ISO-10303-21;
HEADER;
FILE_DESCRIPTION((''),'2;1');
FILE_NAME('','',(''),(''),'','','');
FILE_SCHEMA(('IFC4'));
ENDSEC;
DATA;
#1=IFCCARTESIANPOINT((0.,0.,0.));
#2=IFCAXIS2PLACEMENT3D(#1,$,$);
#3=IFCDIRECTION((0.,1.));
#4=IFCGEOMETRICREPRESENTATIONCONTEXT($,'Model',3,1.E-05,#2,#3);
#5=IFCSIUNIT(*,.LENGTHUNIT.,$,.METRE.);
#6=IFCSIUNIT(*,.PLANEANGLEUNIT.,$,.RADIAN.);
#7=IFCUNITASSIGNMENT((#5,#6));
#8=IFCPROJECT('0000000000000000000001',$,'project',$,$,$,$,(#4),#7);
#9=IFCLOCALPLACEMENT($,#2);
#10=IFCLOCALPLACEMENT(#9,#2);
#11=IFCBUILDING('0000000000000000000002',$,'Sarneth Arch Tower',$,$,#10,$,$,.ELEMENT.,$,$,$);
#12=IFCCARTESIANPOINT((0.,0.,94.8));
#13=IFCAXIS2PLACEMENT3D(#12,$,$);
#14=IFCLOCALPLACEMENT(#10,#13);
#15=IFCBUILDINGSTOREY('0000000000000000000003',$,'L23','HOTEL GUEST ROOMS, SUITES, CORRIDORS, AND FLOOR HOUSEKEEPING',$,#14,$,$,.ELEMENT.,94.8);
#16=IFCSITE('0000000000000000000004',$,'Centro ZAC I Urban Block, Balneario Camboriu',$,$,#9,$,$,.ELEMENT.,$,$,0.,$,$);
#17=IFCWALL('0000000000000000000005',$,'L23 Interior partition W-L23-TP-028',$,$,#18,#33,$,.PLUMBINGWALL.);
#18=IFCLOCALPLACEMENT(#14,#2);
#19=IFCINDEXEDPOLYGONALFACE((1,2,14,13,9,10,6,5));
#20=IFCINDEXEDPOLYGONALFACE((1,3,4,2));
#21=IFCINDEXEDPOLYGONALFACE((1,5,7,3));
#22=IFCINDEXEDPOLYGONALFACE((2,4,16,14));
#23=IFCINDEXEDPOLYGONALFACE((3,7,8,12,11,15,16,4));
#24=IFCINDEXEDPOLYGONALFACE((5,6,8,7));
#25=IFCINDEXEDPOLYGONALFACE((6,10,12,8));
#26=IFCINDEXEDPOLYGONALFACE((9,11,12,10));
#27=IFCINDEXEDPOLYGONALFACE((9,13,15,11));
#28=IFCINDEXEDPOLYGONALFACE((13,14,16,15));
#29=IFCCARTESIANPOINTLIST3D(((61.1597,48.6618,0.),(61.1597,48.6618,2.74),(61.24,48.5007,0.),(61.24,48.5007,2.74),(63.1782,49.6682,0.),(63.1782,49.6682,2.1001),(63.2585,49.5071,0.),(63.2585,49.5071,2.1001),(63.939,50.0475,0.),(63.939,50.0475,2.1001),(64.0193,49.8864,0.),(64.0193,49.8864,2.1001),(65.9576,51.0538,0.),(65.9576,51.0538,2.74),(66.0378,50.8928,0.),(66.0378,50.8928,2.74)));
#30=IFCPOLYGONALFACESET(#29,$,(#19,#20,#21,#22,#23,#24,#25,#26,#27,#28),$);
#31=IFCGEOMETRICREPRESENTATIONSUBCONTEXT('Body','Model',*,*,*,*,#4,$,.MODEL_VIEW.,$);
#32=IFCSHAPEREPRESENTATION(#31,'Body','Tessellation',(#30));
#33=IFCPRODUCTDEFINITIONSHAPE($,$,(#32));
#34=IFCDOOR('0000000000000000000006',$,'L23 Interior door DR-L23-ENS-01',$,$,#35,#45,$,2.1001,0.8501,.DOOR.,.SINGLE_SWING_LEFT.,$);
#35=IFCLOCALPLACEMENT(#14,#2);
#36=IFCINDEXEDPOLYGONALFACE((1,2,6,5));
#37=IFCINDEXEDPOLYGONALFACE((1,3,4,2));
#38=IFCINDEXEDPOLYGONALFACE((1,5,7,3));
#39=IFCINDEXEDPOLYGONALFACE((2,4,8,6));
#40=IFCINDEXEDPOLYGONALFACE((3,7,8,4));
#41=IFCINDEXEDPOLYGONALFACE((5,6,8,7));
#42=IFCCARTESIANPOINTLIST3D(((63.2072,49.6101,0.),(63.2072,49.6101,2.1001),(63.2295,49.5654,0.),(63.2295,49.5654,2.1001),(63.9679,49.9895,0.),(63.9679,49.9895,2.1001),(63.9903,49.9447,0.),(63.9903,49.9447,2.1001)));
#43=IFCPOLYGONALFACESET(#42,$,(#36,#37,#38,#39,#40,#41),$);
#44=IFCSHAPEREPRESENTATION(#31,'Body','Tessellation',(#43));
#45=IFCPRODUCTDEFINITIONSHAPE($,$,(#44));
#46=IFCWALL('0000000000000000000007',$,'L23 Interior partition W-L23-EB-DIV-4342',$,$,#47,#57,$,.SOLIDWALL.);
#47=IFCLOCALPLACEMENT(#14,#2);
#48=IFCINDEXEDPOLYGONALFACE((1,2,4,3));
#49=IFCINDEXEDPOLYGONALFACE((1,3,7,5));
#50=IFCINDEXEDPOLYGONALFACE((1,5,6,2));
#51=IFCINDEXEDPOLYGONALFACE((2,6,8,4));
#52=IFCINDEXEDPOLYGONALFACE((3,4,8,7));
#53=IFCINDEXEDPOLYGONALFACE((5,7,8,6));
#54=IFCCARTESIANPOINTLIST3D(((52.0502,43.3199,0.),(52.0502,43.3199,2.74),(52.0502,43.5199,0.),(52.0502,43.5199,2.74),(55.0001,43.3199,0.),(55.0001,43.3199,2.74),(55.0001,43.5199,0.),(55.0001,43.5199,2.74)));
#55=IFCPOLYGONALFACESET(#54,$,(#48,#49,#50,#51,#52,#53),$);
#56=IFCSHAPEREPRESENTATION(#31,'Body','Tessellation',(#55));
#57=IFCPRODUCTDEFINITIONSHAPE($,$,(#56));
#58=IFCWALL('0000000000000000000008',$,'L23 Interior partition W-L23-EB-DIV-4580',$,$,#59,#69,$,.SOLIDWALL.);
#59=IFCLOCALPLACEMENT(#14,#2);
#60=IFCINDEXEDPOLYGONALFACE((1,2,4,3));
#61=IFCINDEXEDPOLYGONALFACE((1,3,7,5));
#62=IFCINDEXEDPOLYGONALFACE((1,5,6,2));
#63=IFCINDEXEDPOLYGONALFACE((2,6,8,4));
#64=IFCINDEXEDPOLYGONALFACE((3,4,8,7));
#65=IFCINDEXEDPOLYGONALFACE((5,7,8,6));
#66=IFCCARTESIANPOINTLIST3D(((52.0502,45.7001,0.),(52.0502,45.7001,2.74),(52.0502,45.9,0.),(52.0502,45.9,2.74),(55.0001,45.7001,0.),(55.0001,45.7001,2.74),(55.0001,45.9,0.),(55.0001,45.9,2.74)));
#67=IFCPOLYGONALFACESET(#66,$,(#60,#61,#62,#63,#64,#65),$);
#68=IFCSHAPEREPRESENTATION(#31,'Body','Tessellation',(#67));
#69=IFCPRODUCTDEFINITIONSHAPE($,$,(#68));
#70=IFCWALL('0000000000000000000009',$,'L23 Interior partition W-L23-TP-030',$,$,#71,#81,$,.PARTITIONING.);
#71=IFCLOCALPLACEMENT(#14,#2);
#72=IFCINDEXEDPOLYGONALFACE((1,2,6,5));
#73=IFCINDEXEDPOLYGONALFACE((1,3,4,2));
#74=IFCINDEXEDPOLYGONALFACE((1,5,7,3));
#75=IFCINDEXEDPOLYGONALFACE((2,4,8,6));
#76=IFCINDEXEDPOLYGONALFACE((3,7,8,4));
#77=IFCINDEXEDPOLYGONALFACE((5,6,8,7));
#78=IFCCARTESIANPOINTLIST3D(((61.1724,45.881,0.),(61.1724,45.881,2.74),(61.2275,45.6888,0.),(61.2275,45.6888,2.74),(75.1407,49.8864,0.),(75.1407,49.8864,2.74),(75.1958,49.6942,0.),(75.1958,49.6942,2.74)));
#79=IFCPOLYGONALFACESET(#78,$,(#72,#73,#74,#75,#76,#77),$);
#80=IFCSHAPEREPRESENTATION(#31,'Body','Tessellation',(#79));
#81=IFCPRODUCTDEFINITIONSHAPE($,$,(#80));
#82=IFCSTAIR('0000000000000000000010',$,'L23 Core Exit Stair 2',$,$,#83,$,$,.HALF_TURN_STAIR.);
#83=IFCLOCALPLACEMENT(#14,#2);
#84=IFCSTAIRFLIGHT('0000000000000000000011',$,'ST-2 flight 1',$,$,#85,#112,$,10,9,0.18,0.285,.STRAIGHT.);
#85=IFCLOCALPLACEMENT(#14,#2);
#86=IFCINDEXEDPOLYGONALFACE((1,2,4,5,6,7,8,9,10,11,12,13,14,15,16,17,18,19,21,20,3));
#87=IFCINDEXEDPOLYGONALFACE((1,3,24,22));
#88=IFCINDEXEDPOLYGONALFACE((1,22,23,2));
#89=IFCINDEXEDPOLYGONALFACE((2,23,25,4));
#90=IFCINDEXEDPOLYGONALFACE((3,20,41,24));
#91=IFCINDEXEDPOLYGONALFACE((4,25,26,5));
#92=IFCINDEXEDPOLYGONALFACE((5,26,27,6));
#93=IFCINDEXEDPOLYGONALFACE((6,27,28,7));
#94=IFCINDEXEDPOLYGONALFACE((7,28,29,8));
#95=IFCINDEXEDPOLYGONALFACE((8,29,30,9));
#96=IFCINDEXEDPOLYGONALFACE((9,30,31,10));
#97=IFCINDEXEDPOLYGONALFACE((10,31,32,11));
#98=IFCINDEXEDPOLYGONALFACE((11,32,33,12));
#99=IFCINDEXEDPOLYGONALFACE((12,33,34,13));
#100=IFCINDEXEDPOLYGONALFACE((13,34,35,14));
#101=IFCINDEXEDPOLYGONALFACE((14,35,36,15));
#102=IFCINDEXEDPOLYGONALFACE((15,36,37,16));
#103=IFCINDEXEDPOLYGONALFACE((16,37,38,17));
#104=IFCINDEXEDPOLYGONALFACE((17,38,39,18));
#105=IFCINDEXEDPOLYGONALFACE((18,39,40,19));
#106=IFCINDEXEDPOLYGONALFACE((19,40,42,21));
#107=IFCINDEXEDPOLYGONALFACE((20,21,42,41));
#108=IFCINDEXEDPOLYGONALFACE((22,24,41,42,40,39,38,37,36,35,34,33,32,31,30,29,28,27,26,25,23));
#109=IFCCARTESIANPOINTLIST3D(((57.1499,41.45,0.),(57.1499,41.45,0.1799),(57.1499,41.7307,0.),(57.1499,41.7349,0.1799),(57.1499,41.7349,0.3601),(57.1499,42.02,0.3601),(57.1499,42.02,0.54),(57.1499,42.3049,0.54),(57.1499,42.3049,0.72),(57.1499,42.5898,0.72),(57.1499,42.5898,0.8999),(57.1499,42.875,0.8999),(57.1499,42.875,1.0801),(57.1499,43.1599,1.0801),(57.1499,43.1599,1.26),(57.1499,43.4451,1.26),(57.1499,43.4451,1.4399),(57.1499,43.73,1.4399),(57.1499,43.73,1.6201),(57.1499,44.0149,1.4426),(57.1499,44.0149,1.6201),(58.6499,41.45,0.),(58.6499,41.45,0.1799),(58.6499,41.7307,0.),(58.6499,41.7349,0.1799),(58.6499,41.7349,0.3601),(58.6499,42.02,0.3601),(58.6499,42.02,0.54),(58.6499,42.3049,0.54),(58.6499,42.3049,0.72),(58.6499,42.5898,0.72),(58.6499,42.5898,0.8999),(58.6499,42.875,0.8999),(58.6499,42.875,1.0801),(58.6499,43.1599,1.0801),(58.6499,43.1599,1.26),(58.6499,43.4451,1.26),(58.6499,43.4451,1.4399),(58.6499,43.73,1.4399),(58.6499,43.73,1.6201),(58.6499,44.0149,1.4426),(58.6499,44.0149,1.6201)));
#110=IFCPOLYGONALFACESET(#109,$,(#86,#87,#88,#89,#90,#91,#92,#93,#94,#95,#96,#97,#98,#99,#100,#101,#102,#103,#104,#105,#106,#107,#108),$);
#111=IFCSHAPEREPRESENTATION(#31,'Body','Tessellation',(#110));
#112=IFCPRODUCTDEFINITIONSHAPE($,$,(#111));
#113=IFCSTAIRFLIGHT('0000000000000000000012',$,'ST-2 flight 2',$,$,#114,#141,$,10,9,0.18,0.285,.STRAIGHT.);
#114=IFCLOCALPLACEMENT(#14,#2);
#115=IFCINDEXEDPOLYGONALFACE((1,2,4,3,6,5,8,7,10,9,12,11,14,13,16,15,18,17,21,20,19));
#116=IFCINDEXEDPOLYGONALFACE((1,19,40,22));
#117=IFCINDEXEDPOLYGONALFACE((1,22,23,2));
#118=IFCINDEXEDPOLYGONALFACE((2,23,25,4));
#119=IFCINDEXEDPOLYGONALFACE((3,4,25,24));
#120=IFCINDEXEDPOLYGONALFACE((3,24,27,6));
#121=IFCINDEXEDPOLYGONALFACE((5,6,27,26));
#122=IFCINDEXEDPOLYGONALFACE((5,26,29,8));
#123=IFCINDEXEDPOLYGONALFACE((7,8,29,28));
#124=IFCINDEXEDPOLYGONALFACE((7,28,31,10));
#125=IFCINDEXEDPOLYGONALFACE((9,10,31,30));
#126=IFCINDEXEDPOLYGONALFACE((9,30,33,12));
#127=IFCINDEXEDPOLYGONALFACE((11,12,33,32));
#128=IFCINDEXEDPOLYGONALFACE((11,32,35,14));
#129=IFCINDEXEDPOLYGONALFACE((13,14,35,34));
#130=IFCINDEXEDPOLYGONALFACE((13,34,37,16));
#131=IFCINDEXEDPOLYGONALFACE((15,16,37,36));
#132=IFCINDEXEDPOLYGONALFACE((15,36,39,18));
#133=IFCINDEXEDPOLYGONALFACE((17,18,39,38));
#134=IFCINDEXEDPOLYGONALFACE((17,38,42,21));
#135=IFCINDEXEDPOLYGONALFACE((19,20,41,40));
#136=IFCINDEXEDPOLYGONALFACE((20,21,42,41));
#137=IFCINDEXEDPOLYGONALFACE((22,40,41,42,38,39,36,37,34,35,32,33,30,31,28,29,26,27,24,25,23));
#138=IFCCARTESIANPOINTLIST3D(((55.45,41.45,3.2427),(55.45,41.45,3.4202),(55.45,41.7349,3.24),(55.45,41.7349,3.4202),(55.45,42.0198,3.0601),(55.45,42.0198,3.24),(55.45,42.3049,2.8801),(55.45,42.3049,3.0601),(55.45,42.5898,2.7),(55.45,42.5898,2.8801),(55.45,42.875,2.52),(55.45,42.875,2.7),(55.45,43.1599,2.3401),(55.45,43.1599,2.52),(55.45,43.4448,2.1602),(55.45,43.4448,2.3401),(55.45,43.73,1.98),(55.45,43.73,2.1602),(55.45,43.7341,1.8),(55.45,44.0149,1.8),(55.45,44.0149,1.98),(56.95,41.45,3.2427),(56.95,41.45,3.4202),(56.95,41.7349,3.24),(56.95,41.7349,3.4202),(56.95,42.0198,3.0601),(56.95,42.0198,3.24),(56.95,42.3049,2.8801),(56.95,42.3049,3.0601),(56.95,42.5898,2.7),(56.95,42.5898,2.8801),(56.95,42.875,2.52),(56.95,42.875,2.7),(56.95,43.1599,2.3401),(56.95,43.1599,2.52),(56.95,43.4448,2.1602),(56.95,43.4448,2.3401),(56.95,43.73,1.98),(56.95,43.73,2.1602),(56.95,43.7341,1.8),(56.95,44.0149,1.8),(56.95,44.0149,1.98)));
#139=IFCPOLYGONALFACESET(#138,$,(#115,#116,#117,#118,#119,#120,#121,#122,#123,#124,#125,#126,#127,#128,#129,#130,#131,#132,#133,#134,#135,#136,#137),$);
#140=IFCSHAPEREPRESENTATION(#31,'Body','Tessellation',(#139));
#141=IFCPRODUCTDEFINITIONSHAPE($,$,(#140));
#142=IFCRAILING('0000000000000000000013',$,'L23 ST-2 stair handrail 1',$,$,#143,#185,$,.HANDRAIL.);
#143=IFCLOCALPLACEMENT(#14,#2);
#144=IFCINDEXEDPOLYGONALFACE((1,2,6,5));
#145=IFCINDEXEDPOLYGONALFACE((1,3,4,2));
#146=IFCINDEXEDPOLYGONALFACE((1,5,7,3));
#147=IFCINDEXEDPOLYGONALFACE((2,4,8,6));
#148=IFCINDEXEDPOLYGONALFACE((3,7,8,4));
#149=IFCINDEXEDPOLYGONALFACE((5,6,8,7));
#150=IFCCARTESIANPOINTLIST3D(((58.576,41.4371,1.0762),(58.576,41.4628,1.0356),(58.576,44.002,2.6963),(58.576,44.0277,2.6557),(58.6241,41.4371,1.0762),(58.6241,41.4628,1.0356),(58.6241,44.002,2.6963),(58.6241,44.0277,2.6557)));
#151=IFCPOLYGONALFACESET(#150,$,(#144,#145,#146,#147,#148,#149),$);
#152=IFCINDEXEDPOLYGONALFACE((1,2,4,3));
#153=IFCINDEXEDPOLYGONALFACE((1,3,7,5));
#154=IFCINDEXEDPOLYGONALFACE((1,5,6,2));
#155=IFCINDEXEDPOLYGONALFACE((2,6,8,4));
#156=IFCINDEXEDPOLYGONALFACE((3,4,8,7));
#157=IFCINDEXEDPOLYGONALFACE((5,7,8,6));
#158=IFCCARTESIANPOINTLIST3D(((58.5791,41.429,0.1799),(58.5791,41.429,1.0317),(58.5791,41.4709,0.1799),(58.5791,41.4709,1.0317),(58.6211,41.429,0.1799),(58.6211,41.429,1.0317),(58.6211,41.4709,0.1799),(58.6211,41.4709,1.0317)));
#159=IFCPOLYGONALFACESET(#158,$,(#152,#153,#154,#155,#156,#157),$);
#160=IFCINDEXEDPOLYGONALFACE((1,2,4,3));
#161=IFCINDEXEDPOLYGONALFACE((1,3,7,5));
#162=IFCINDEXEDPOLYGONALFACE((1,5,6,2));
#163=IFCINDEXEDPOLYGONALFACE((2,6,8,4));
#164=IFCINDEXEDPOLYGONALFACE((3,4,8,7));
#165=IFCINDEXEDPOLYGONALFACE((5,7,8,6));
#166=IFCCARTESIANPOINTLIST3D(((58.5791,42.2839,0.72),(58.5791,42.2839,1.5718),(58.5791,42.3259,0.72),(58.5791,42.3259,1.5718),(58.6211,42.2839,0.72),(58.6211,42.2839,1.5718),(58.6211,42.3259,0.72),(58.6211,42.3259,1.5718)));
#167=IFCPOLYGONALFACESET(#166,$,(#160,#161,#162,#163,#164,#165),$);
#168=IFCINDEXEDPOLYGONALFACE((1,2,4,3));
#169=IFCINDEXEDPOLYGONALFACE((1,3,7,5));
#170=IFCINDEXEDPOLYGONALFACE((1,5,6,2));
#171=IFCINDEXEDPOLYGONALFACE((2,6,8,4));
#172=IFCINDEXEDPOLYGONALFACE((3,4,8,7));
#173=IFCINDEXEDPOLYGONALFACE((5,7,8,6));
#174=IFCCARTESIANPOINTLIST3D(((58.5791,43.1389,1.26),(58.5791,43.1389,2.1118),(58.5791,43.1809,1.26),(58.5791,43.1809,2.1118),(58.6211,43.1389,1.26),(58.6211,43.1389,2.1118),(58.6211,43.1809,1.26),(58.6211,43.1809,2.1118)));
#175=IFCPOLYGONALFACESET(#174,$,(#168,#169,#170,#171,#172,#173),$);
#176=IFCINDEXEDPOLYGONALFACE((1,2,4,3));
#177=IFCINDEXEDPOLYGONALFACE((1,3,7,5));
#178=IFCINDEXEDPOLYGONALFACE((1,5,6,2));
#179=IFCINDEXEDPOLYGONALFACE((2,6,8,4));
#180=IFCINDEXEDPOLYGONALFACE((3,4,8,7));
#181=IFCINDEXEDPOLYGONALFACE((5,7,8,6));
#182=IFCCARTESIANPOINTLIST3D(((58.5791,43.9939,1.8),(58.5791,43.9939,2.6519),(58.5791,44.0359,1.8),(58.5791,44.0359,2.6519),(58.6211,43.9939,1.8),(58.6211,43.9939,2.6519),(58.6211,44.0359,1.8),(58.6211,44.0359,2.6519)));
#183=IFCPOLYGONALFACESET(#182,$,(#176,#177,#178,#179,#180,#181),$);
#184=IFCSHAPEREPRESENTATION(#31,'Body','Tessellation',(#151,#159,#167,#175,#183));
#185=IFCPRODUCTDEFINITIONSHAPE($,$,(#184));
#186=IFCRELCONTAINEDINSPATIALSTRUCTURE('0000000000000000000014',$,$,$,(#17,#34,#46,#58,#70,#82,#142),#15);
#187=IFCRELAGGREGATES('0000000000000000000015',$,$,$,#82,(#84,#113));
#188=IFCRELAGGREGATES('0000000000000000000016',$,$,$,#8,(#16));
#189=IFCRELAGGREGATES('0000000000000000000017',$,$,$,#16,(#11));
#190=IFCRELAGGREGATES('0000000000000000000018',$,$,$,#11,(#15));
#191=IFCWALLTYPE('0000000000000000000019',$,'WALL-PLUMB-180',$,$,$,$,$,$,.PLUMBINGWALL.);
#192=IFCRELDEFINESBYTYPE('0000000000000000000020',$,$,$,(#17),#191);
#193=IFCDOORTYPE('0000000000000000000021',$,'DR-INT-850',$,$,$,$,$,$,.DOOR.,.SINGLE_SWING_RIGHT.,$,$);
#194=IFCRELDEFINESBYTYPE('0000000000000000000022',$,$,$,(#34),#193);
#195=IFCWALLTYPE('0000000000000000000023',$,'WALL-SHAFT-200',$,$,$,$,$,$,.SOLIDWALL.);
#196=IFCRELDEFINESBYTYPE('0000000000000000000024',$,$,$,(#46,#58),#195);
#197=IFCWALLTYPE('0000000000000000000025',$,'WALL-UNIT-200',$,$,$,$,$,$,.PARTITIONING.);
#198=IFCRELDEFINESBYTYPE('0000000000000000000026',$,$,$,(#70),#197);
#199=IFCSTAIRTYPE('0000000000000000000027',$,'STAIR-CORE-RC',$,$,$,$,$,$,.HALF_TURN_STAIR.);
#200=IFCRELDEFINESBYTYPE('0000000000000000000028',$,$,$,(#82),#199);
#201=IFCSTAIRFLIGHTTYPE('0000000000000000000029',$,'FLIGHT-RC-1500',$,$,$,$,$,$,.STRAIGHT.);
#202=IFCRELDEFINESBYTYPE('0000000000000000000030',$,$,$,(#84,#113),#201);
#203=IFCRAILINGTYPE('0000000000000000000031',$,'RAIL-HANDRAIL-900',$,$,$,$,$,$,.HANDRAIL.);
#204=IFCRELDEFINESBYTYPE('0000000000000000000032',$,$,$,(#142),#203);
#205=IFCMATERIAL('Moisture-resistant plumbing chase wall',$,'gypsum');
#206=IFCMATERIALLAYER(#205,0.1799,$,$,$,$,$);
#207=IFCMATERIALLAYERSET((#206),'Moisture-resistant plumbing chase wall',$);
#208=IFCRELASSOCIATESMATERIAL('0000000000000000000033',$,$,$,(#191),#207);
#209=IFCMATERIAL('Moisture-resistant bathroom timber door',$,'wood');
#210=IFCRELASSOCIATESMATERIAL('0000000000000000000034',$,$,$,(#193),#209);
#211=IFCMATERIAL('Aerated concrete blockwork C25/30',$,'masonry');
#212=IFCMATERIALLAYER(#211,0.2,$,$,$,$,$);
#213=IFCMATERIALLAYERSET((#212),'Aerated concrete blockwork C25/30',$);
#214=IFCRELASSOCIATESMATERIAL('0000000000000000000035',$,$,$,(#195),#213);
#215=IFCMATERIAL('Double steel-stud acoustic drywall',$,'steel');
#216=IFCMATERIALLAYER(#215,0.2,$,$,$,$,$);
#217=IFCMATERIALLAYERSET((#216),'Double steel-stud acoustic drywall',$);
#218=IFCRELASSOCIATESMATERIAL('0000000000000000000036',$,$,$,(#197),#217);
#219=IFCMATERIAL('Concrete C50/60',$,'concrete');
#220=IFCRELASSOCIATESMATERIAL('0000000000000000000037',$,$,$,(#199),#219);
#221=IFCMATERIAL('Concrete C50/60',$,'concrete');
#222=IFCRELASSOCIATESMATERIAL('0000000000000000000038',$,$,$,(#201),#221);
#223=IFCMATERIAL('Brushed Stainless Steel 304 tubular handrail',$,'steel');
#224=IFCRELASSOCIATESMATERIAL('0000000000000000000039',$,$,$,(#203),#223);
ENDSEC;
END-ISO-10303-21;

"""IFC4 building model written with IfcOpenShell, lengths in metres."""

from ifc_helpers import new_model, si_unit, direction, frame, frame_2d, origin, origin_2d, place, context, subcontext, project, spatial, polyline, rectangle, outline, extrude, material, layer, layer_set, type_object, element, fill, aggregate, save


model = new_model("IFC4")

# Units and contexts
model_context = context("Model", 3, precision=1e-05, world=origin(), true_north=direction((0.0, 1.0)))
body_context = subcontext(model_context, "Body", "Model", "MODEL_VIEW")
ifc_project = project(units=[si_unit("LENGTHUNIT", "METRE"), si_unit("PLANEANGLEUNIT", "RADIAN")], contexts=[model_context])

# Site, building, storey
site_placement = place(None, origin())
site = spatial("IfcSite", under=ifc_project, at=site_placement, Name="Centro ZAC I Urban Block, Balneario Camboriu", CompositionType="ELEMENT", RefElevation=0.0)
building_placement = place(site_placement, origin())
building = spatial("IfcBuilding", under=site, at=building_placement, Name="Sarneth Arch Tower", CompositionType="ELEMENT")
storey_placement = place(building_placement, frame((0.0, 0.0, 94.8)))
storey = spatial("IfcBuildingStorey", under=building, at=storey_placement, Name="L23", Description="HOTEL GUEST ROOMS, SUITES, CORRIDORS, AND FLOOR HOUSEKEEPING", CompositionType="ELEMENT", Elevation=94.8)

# Wall, opening, door
ifc_material_1 = material(Name="Moisture-resistant plumbing chase wall", Category="gypsum")
ifc_layer_1 = layer(ifc_material_1, 0.1799)
ifc_layer_set_1 = layer_set([ifc_layer_1], Name="Moisture-resistant plumbing chase wall")
wall_type_1 = type_object("IfcWallType", Name="WALL-PLUMB-180", PredefinedType="PLUMBINGWALL", material=ifc_layer_set_1)
wall_1_placement = place(storey_placement, frame((65.9978, 50.9734, 0.0), z_axis=(0.0, 0.0, 1.0), x_axis=(-0.894937, -0.446193, 0.0)))
wall_1 = element("IfcWall", 1, at=wall_1_placement, inside=storey, type_object=wall_type_1, Name="L23 Interior partition W-L23-TP-028", PredefinedType="PLUMBINGWALL", context=body_context, shape_type="SweptSolid", body=[
    extrude(rectangle(XDim=5.3611, YDim=0.1799, at=frame_2d((2.6807, 0.0))), origin(), (0.0, 0.0, 1.0), 2.74),
])
opening_1_placement = place(wall_1_placement, frame((2.2556, 0.0, 0.0)))
opening_1 = element("IfcOpeningElement", 2, at=opening_1_placement, cuts=wall_1, PredefinedType="OPENING", context=body_context, shape_type="SweptSolid", body=[
    extrude(rectangle(XDim=0.8501, YDim=2.1001, at=frame_2d((0.425, 1.05))), frame((0.0, 0.0999, 0.0), z_axis=(0.0, -1.0, 0.0), x_axis=(1.0, 0.0, 0.0)), (0.0, 0.0, 1.0), 0.2),
])
ifc_material_2 = material(Name="Moisture-resistant bathroom timber door", Category="wood")
door_type_1 = type_object("IfcDoorType", Name="DR-INT-850", OperationType="SINGLE_SWING_RIGHT", PredefinedType="DOOR", material=ifc_material_2)
door_1_placement = place(opening_1_placement, origin())
door_1 = element("IfcDoor", 3, at=door_1_placement, inside=storey, type_object=door_type_1, Name="L23 Interior door DR-L23-ENS-01", OperationType="SINGLE_SWING_LEFT", OverallHeight=2.1001, OverallWidth=0.8501, PredefinedType="DOOR", context=body_context, shape_type="SweptSolid", body=[
    extrude(rectangle(XDim=0.8501, YDim=2.1001, at=frame_2d((0.425, 1.05))), frame((0.0, 0.0249, 0.0), z_axis=(0.0, -1.0, 0.0), x_axis=(1.0, 0.0, 0.0)), (0.0, 0.0, 1.0), 0.05),
])
fill(opening_1, door_1)

# Walls
ifc_material_3 = material(Name="Aerated concrete blockwork C25/30", Category="masonry")
ifc_layer_2 = layer(ifc_material_3, 0.2)
ifc_layer_set_2 = layer_set([ifc_layer_2], Name="Aerated concrete blockwork C25/30")
wall_type_2 = type_object("IfcWallType", Name="WALL-SHAFT-200", PredefinedType="SOLIDWALL", material=ifc_layer_set_2)
for number, where, z_axis, x_axis, name in (
    (4, (52.05, 43.4199, 0.0), (0.0, 0.0, 1.0), (1.0, 0.0, 0.0), "L23 Interior partition W-L23-EB-DIV-4342"),
    (5, (52.05, 45.8, 0.0), (0.0, 0.0, 1.0), (1.0, 0.0, 0.0), "L23 Interior partition W-L23-EB-DIV-4580"),
):
    element("IfcWall", number, at=place(storey_placement, frame(where, z_axis=z_axis, x_axis=x_axis)), inside=storey, type_object=wall_type_2, Name=name, PredefinedType="SOLIDWALL", context=body_context, shape_type="SweptSolid", body=[
        extrude(rectangle(XDim=2.95, YDim=0.2, at=frame_2d((1.4751, 0.0))), origin(), (0.0, 0.0, 1.0), 2.74),
    ])
ifc_material_4 = material(Name="Double steel-stud acoustic drywall", Category="steel")
ifc_layer_3 = layer(ifc_material_4, 0.2)
ifc_layer_set_3 = layer_set([ifc_layer_3], Name="Double steel-stud acoustic drywall")
wall_type_3 = type_object("IfcWallType", Name="WALL-UNIT-200", PredefinedType="PARTITIONING", material=ifc_layer_set_3)
wall_2_placement = place(storey_placement, frame((61.2, 45.7849, 0.0), z_axis=(0.0, 0.0, 1.0), x_axis=(0.961261, 0.27564, 0.0)))
element("IfcWall", 6, at=wall_2_placement, inside=storey, type_object=wall_type_3, Name="L23 Interior partition W-L23-TP-030", PredefinedType="PARTITIONING", context=body_context, shape_type="SweptSolid", body=[
    extrude(rectangle(XDim=14.5312, YDim=0.2, at=frame_2d((7.2656, 0.0))), origin(), (0.0, 0.0, 1.0), 2.74),
])

# Stair, stair flights
ifc_material_5 = material(Name="Concrete C50/60", Category="concrete")
stair_type = type_object("IfcStairType", Name="STAIR-CORE-RC", PredefinedType="HALF_TURN_STAIR", material=ifc_material_5)
stair_placement = place(storey_placement, origin())
stair = element("IfcStair", 7, at=stair_placement, inside=storey, type_object=stair_type, Name="L23 Core Exit Stair 2", PredefinedType="HALF_TURN_STAIR")
ifc_material_6 = material(Name="Concrete C50/60", Category="concrete")
stair_flight_type = type_object("IfcStairFlightType", Name="FLIGHT-RC-1500", PredefinedType="STRAIGHT", material=ifc_material_6)
stair_flight_1_placement = place(storey_placement, frame((57.8999, 41.45, 0.0), z_axis=(0.0, 0.0, 1.0), x_axis=(0.0, 1.0, 0.0)))
stair_flight_1 = element("IfcStairFlight", 8, at=stair_flight_1_placement, type_object=stair_flight_type, Name="ST-2 flight 1", NumberOfRisers=10, NumberOfTreads=9, PredefinedType="STRAIGHT", RiserHeight=0.18, TreadLength=0.285, context=body_context, shape_type="SweptSolid", body=[
    extrude(outline(polyline([(0.0, 0.0), (0.0, 0.1799), (0.2849, 0.1799), (0.2849, 0.3601), (0.5701, 0.3601), (0.5701, 0.54), (0.855, 0.54), (0.855, 0.72), (1.1399, 0.72), (1.1399, 0.8999), (1.425, 0.8999), (1.425, 1.0801), (1.71, 1.0801), (1.71, 1.26), (1.9951, 1.26), (1.9951, 1.4399), (2.28, 1.4399), (2.28, 1.6201), (2.5649, 1.6201), (2.5649, 1.8), (2.5649, 1.4426), (0.2808, 0.0), (0.0, 0.0)])), frame((0.0, 0.75, 0.0), z_axis=(0.0, -1.0, 0.0), x_axis=(1.0, 0.0, 0.0)), (0.0, 0.0, 1.0), 1.5),
])
stair_flight_2_placement = place(storey_placement, frame((56.2, 44.0149, 1.8), z_axis=(0.0, 0.0, 1.0), x_axis=(0.0, -1.0, 0.0)))
stair_flight_2 = element("IfcStairFlight", 9, at=stair_flight_2_placement, type_object=stair_flight_type, Name="ST-2 flight 2", NumberOfRisers=10, NumberOfTreads=9, PredefinedType="STRAIGHT", RiserHeight=0.18, TreadLength=0.285, context=body_context, shape_type="SweptSolid", body=[
    extrude(outline(polyline([(0.0, 0.0), (0.0, 0.1799), (0.2849, 0.1799), (0.2849, 0.3601), (0.5701, 0.3601), (0.5701, 0.54), (0.855, 0.54), (0.855, 0.72), (1.1399, 0.72), (1.1399, 0.8999), (1.425, 0.8999), (1.425, 1.0801), (1.71, 1.0801), (1.71, 1.26), (1.9951, 1.26), (1.9951, 1.4399), (2.28, 1.4399), (2.28, 1.6201), (2.5649, 1.6201), (2.5649, 1.8), (2.5649, 1.4426), (0.2808, 0.0), (0.0, 0.0)])), frame((0.0, 0.75, 0.0), z_axis=(0.0, -1.0, 0.0), x_axis=(1.0, 0.0, 0.0)), (0.0, 0.0, 1.0), 1.5),
])
aggregate(stair, [stair_flight_1, stair_flight_2])

# Railing
ifc_material_7 = material(Name="Brushed Stainless Steel 304 tubular handrail", Category="steel")
railing_type_1 = type_object("IfcRailingType", Name="RAIL-HANDRAIL-900", PredefinedType="HANDRAIL", material=ifc_material_7)
railing_1_placement = place(storey_placement, frame((58.6001, 41.45, 0.1799)))
element("IfcRailing", 10, at=railing_1_placement, inside=storey, type_object=railing_type_1, Name="L23 ST-2 stair handrail 1", PredefinedType="HANDRAIL", context=body_context, shape_type="SweptSolid", body=[
    extrude(rectangle(XDim=0.0481, YDim=0.0481, at=origin_2d()), frame((0.0, 0.0, 0.876), z_axis=(0.0, 0.845466, 0.534029), x_axis=(-1.0, 0.0, 0.0)), (0.0, 0.0, 1.0), 3.0337),
    extrude(rectangle(XDim=0.042, YDim=0.042, at=origin_2d()), origin(), (0.0, 0.0, 1.0), 0.8518),
    extrude(rectangle(XDim=0.042, YDim=0.042, at=origin_2d()), frame((0.0, 0.855, 0.54)), (0.0, 0.0, 1.0), 0.8518),
    extrude(rectangle(XDim=0.042, YDim=0.042, at=origin_2d()), frame((0.0, 1.71, 1.0801)), (0.0, 0.0, 1.0), 0.8518),
    extrude(rectangle(XDim=0.042, YDim=0.042, at=origin_2d()), frame((0.0, 2.5649, 1.6201)), (0.0, 0.0, 1.0), 0.8518),
])

save(model, "model.ifc")
